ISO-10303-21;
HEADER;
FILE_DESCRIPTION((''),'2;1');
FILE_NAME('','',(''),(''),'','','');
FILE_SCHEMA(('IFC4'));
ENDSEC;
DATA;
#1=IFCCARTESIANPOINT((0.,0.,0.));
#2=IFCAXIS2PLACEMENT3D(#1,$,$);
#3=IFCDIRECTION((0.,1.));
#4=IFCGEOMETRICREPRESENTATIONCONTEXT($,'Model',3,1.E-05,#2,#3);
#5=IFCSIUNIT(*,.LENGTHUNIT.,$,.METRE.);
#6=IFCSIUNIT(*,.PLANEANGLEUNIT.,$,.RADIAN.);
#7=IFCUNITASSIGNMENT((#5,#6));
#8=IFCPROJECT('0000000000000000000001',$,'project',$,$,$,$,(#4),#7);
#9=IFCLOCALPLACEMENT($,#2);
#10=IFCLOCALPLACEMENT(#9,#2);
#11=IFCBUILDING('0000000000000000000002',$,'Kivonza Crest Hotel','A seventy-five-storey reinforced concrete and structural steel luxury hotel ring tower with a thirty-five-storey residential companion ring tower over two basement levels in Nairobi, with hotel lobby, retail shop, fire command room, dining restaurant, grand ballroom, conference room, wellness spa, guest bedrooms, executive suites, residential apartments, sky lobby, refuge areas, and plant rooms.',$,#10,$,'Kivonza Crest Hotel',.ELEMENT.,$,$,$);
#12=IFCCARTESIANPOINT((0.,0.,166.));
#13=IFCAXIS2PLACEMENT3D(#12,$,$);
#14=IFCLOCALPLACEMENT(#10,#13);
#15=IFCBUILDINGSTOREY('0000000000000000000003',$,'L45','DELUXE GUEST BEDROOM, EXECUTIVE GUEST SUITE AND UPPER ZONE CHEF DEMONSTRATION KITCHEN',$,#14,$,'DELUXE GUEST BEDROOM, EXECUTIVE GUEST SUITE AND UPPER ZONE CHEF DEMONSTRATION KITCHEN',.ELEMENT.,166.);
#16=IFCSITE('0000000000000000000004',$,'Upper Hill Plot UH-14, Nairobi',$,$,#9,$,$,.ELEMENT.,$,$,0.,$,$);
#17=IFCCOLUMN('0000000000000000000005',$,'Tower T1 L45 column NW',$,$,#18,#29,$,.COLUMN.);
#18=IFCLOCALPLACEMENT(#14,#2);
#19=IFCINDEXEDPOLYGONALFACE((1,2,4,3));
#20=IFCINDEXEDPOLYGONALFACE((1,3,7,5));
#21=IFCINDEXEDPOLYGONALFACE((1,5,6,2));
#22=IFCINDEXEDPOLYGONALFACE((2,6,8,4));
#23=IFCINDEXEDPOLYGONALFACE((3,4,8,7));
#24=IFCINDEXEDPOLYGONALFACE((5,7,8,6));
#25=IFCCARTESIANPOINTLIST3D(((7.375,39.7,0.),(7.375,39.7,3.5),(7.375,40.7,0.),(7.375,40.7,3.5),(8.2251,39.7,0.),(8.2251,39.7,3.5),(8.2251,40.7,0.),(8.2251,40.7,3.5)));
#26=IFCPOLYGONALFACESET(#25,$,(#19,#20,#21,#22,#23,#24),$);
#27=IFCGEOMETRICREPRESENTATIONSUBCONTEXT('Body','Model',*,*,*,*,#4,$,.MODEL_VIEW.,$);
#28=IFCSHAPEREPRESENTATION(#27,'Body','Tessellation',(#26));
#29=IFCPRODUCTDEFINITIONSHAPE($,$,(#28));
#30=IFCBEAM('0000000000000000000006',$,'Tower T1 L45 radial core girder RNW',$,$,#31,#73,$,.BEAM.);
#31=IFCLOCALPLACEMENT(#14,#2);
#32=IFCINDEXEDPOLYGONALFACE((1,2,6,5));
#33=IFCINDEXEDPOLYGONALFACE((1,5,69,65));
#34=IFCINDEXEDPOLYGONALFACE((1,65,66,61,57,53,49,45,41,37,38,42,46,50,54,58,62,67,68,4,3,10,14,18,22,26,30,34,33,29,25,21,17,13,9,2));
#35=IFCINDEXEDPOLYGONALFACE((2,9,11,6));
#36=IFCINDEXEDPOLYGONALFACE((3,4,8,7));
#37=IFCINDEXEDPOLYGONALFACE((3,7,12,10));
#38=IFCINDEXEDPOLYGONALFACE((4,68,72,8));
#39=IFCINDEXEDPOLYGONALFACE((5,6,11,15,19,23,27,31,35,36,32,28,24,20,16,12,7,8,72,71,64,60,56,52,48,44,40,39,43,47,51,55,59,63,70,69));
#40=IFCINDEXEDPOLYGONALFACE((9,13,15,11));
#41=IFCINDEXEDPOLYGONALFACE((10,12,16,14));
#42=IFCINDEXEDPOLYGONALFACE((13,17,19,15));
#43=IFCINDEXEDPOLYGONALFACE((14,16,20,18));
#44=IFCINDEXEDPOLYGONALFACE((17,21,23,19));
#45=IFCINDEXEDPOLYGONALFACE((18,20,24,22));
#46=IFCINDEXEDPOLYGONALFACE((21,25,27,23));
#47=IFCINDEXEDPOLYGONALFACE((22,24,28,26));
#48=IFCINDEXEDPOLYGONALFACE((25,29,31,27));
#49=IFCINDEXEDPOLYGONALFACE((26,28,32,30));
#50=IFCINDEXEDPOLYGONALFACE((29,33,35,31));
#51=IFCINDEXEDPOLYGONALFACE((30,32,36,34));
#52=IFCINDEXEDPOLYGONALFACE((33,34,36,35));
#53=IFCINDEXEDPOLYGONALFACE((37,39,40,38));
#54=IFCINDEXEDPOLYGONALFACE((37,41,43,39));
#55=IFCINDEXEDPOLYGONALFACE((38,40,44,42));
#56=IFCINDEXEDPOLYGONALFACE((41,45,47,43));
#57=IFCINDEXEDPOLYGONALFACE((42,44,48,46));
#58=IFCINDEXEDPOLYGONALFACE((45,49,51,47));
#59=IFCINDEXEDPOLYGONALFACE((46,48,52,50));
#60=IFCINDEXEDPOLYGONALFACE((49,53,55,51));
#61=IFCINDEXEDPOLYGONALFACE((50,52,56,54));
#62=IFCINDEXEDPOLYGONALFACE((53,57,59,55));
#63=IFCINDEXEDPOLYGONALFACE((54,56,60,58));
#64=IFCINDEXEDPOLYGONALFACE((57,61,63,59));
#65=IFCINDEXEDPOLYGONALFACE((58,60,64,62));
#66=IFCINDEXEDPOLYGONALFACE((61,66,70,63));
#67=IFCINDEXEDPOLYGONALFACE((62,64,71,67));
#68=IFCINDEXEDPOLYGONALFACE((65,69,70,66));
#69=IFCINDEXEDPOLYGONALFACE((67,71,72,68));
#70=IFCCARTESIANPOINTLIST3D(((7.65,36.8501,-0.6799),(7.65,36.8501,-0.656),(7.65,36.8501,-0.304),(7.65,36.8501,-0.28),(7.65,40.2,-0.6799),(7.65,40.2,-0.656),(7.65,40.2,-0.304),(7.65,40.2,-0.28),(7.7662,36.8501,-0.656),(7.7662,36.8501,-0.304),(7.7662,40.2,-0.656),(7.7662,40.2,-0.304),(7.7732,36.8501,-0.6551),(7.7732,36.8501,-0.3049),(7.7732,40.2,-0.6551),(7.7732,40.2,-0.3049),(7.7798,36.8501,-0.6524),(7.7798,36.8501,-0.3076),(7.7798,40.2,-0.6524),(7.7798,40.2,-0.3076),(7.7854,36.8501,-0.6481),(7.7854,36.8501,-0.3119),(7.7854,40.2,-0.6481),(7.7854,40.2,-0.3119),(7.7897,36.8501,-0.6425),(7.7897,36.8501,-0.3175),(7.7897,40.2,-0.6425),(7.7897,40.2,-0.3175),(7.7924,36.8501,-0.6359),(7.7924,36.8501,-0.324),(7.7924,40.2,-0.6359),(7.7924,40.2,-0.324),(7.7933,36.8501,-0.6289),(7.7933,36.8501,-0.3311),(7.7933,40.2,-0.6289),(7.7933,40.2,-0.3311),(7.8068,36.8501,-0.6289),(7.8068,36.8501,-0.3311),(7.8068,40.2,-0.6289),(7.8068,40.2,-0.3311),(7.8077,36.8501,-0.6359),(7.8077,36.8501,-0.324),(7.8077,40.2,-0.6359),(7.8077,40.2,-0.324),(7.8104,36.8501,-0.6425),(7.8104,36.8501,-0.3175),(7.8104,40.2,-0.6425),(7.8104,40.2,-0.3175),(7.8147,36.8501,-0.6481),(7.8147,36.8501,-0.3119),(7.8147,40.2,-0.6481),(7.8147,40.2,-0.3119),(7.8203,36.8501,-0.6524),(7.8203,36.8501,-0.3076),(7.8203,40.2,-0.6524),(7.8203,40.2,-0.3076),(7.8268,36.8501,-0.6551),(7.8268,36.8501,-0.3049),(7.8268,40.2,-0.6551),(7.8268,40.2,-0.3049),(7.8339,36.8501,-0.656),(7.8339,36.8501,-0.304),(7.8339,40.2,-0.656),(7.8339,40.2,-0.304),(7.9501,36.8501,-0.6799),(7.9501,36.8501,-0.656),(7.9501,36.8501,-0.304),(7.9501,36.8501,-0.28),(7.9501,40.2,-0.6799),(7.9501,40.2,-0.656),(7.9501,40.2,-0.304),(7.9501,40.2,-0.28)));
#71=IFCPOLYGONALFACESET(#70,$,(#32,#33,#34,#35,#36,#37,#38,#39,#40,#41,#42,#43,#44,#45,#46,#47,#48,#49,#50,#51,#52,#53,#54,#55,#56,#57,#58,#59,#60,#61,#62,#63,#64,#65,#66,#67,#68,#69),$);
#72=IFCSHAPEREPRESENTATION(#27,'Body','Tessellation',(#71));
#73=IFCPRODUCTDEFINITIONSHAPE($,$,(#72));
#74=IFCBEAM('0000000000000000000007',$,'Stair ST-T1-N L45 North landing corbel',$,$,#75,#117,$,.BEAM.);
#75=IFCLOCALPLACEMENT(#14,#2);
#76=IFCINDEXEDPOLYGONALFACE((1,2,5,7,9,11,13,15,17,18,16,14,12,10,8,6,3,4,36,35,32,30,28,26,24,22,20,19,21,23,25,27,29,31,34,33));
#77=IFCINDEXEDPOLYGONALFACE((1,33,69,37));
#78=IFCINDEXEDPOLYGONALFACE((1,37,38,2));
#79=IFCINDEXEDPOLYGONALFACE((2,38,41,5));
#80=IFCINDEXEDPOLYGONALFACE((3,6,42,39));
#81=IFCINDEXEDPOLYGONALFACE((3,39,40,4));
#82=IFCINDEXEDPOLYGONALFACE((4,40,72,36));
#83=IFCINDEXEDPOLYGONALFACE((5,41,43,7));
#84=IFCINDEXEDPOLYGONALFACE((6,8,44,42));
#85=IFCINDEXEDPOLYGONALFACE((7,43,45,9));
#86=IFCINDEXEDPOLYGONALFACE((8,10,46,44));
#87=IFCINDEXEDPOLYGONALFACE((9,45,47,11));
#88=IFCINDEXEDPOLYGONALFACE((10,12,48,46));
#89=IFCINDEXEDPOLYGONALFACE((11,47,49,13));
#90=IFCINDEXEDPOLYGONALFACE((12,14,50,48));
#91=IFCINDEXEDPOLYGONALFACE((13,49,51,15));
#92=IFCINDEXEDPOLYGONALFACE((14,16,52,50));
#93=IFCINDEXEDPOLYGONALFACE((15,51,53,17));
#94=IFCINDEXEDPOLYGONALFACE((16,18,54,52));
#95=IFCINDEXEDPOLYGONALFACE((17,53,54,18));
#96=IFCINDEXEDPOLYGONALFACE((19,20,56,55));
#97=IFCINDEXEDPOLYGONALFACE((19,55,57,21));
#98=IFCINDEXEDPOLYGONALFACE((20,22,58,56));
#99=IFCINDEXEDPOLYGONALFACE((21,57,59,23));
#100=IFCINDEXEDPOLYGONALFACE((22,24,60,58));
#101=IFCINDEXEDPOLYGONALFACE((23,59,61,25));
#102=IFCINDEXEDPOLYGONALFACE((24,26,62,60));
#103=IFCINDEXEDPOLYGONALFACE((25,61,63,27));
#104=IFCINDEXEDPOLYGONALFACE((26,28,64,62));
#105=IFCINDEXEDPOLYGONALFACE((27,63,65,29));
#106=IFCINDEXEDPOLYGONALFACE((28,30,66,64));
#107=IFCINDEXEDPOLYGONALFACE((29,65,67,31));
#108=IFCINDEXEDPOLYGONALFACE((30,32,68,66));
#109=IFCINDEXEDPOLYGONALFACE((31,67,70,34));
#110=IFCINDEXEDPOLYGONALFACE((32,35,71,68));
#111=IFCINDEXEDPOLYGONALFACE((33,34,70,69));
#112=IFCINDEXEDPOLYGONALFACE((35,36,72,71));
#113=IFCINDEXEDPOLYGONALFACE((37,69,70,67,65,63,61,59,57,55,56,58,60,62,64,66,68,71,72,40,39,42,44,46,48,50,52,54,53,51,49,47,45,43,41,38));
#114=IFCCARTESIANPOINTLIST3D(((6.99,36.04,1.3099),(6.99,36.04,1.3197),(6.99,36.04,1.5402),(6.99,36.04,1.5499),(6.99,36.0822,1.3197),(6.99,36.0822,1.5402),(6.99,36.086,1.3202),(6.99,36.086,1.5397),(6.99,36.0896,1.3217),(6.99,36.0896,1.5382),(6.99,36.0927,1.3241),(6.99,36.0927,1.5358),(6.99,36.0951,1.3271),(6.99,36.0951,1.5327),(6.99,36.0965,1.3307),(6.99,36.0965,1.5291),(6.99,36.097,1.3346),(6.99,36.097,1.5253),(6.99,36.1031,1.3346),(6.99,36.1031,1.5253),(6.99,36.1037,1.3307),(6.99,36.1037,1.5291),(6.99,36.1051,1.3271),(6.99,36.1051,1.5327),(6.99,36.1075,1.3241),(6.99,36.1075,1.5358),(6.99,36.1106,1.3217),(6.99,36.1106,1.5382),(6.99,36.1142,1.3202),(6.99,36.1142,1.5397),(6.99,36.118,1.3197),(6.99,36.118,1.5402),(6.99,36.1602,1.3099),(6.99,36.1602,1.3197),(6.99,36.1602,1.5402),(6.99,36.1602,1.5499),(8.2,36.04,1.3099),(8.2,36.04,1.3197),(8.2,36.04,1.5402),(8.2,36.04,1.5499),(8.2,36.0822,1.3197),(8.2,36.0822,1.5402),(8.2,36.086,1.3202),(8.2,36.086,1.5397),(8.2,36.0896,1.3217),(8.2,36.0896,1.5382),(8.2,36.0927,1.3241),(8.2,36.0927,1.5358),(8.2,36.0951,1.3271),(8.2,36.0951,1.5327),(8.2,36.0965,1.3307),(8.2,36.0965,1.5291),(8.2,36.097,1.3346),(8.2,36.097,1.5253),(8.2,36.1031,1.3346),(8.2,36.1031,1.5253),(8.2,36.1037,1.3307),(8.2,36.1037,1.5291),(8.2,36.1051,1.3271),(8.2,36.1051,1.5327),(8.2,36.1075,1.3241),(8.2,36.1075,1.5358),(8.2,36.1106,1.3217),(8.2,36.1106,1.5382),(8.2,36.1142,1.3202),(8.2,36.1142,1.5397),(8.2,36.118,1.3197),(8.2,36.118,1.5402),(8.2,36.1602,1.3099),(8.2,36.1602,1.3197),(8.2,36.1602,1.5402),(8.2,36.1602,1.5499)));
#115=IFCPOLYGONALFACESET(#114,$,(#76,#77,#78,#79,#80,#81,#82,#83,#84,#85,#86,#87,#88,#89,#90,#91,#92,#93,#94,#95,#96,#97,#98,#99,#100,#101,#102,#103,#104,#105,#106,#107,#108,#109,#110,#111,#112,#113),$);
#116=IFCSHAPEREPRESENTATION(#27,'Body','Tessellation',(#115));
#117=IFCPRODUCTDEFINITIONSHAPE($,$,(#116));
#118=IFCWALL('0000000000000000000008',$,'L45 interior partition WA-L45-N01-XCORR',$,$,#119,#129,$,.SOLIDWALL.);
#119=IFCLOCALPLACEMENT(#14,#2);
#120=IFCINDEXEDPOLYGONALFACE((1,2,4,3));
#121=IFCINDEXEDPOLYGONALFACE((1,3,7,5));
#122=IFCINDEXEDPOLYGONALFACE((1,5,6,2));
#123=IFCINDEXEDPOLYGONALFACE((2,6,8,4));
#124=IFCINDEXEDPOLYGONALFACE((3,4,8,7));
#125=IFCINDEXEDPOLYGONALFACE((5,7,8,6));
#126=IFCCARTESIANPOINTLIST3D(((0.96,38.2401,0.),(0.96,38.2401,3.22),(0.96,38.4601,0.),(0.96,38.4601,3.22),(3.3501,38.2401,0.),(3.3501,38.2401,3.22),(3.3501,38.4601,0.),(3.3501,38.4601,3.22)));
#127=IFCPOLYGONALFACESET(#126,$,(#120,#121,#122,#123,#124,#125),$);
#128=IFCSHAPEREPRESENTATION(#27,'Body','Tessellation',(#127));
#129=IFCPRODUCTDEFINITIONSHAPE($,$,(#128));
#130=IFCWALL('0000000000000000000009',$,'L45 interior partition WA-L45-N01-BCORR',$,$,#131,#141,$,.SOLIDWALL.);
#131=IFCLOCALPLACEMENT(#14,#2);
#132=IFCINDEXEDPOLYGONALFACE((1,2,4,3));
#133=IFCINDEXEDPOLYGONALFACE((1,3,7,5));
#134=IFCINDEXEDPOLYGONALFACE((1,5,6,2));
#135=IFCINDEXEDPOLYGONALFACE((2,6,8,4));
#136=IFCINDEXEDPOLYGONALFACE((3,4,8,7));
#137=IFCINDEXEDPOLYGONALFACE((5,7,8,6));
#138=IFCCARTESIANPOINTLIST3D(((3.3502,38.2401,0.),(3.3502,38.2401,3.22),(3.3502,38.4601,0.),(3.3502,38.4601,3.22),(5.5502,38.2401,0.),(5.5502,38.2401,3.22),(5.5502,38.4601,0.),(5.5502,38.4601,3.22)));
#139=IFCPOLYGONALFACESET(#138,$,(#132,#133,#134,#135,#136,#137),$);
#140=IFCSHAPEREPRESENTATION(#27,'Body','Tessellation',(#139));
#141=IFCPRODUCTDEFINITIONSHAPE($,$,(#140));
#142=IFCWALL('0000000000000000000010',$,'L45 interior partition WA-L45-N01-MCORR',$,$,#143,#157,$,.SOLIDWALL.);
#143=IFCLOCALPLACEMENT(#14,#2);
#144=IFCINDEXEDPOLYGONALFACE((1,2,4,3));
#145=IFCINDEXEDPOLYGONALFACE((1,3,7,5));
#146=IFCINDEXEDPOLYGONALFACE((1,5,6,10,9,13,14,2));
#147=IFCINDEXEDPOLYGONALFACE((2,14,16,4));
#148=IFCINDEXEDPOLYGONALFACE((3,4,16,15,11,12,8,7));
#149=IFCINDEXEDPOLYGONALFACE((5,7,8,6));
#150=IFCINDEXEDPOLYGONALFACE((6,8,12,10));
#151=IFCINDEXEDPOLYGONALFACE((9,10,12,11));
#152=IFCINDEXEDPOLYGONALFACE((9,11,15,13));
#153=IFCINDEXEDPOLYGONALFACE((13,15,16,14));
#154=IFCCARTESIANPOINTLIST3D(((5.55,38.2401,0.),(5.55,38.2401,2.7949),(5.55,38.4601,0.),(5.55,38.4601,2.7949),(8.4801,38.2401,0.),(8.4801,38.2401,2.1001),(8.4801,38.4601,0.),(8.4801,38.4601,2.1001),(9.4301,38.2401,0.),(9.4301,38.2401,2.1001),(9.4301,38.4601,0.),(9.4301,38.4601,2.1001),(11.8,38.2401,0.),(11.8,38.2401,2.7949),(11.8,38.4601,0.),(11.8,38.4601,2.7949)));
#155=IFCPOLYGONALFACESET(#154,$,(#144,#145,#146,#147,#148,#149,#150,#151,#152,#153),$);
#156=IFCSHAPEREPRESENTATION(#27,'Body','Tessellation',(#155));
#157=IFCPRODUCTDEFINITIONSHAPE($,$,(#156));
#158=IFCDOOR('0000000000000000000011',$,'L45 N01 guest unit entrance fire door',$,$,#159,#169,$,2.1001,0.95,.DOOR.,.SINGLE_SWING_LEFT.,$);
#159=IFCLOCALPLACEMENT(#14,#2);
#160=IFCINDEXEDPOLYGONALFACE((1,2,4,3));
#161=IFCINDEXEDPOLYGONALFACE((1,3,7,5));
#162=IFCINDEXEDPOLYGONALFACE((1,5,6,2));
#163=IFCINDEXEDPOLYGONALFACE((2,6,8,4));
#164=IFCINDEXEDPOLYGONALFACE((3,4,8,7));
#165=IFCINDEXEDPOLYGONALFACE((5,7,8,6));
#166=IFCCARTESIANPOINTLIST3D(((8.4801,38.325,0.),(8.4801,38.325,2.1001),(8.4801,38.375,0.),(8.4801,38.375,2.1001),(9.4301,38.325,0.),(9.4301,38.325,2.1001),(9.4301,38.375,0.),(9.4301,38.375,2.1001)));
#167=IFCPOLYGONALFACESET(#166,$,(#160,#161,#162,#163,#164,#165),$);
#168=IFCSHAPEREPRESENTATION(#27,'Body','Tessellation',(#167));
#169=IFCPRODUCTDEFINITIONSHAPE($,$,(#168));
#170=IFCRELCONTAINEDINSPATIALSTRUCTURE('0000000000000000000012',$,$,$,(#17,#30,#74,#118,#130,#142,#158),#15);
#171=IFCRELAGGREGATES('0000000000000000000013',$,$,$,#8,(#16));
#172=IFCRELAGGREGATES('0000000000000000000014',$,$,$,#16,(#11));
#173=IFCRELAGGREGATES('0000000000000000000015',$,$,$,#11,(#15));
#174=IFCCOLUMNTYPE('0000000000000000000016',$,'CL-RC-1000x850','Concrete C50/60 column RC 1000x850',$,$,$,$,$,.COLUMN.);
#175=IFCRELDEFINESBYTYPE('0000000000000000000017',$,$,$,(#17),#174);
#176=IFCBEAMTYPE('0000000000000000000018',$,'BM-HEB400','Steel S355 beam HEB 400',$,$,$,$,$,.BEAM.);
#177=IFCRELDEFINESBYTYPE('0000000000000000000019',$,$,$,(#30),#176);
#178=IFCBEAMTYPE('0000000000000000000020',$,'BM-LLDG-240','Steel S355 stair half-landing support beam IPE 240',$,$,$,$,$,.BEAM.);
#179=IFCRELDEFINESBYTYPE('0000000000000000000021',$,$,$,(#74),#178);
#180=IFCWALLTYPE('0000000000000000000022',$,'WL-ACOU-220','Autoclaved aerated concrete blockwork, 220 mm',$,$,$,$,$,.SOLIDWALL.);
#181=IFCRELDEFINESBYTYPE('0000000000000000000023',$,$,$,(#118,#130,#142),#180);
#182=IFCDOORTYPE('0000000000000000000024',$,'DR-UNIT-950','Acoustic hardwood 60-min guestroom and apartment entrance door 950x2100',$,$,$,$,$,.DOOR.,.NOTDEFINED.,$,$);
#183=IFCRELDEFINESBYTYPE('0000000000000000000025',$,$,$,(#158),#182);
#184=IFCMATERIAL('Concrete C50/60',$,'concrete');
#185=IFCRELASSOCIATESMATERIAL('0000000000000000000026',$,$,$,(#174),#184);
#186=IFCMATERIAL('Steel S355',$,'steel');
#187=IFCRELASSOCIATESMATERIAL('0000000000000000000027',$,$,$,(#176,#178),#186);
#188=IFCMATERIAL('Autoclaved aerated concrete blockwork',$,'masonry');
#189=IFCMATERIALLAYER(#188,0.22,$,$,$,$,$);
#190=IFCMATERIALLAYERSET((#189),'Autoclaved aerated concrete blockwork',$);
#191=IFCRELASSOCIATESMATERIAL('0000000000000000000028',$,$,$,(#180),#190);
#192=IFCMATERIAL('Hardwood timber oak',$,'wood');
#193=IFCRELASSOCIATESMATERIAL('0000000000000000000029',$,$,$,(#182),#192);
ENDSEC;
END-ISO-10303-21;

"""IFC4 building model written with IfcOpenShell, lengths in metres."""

from ifc_helpers import new_model, si_unit, direction, frame, frame_2d, origin, origin_2d, place, context, subcontext, project, spatial, rectangle, i_section, extrude, material, layer, layer_set, material_profile, profile_set, type_object, element, fill, save


model = new_model("IFC4")

# Units and contexts
model_context = context("Model", 3, precision=1e-05, world=origin(), true_north=direction((0.0, 1.0)))
body_context = subcontext(model_context, "Body", "Model", "MODEL_VIEW")
ifc_project = project(units=[si_unit("LENGTHUNIT", "METRE"), si_unit("PLANEANGLEUNIT", "RADIAN")], contexts=[model_context])

# Site, building, storey
site_placement = place(None, origin())
site = spatial("IfcSite", under=ifc_project, at=site_placement, Name="Upper Hill Plot UH-14, Nairobi", CompositionType="ELEMENT", RefElevation=0.0)
building_placement = place(site_placement, origin())
building = spatial("IfcBuilding", under=site, at=building_placement, Name="Kivonza Crest Hotel", Description="A seventy-five-storey reinforced concrete and structural steel luxury hotel ring tower with a thirty-five-storey residential companion ring tower over two basement levels in Nairobi, with hotel lobby, retail shop, fire command room, dining restaurant, grand ballroom, conference room, wellness spa, guest bedrooms, executive suites, residential apartments, sky lobby, refuge areas, and plant rooms.", LongName="Kivonza Crest Hotel", CompositionType="ELEMENT")
storey_placement = place(building_placement, frame((0.0, 0.0, 166.0)))
storey = spatial("IfcBuildingStorey", under=building, at=storey_placement, Name="L45", Description="DELUXE GUEST BEDROOM, EXECUTIVE GUEST SUITE AND UPPER ZONE CHEF DEMONSTRATION KITCHEN", LongName="DELUXE GUEST BEDROOM, EXECUTIVE GUEST SUITE AND UPPER ZONE CHEF DEMONSTRATION KITCHEN", CompositionType="ELEMENT", Elevation=166.0)

# Column
ifc_material_1 = material(Name="Concrete C50/60", Category="concrete")
ifc_material_profile_1 = material_profile(ifc_material_1, rectangle(XDim=0.8501, YDim=1.0, at=origin_2d()), Name="RC 1000x850")
ifc_profile_set_1 = profile_set([ifc_material_profile_1], Name="Concrete C50/60")
column_type = type_object("IfcColumnType", Name="CL-RC-1000x850", Description="Concrete C50/60 column RC 1000x850", PredefinedType="COLUMN", material=ifc_profile_set_1)
column_placement = place(storey_placement, frame((7.8, 40.2, 0.0), z_axis=(0.0, 0.0, 1.0), x_axis=(1.0, 0.0, 0.0)))
element("IfcColumn", 1, at=column_placement, inside=storey, type_object=column_type, Name="Tower T1 L45 column NW", PredefinedType="COLUMN", context=body_context, shape_type="SweptSolid", body=[
    extrude(rectangle(XDim=0.8501, YDim=1.0, at=origin_2d()), origin(), (0.0, 0.0, 1.0), 3.5),
])

# Beams
ifc_material_2 = material(Name="Steel S355", Category="steel")
ifc_material_profile_2 = material_profile(ifc_material_2, i_section(OverallWidth=0.3, OverallDepth=0.3999, WebThickness=0.0134, FlangeThickness=0.0239, FilletRadius=0.0271, at=origin_2d()), Name="HEB 400")
ifc_profile_set_2 = profile_set([ifc_material_profile_2], Name="Steel S355")
beam_type_1 = type_object("IfcBeamType", Name="BM-HEB400", Description="Steel S355 beam HEB 400", PredefinedType="BEAM", material=ifc_profile_set_2)
beam_1_placement = place(storey_placement, frame((7.8, 40.2, -0.48), z_axis=(0.0, -1.0, 0.0), x_axis=(1.0, 0.0, 0.0)))
element("IfcBeam", 2, at=beam_1_placement, inside=storey, type_object=beam_type_1, Name="Tower T1 L45 radial core girder RNW", PredefinedType="BEAM", context=body_context, shape_type="SweptSolid", body=[
    extrude(i_section(OverallWidth=0.3, OverallDepth=0.3999, WebThickness=0.0134, FlangeThickness=0.0239, FilletRadius=0.0271, at=origin_2d()), origin(), (0.0, 0.0, 1.0), 3.3499),
])
ifc_material_profile_3 = material_profile(ifc_material_2, i_section(OverallWidth=0.1201, OverallDepth=0.24, WebThickness=0.0061, FlangeThickness=0.0098, FilletRadius=0.0149, at=origin_2d()), Name="IPE 240")
ifc_profile_set_3 = profile_set([ifc_material_profile_3], Name="Steel S355")
beam_type_2 = type_object("IfcBeamType", Name="BM-LLDG-240", Description="Steel S355 stair half-landing support beam IPE 240", PredefinedType="BEAM", material=ifc_profile_set_3)
beam_2_placement = place(storey_placement, frame((6.99, 36.1001, 1.4299), z_axis=(1.0, 0.0, 0.0), x_axis=(0.0, 1.0, 0.0)))
element("IfcBeam", 3, at=beam_2_placement, inside=storey, type_object=beam_type_2, Name="Stair ST-T1-N L45 North landing corbel", PredefinedType="BEAM", context=body_context, shape_type="SweptSolid", body=[
    extrude(i_section(OverallWidth=0.1201, OverallDepth=0.24, WebThickness=0.0061, FlangeThickness=0.0098, FilletRadius=0.0149, at=origin_2d()), origin(), (0.0, 0.0, 1.0), 1.21),
])

# Walls
ifc_material_3 = material(Name="Autoclaved aerated concrete blockwork", Category="masonry")
ifc_layer_1 = layer(ifc_material_3, 0.22)
ifc_layer_set_1 = layer_set([ifc_layer_1], Name="Autoclaved aerated concrete blockwork")
wall_type_1 = type_object("IfcWallType", Name="WL-ACOU-220", Description="Autoclaved aerated concrete blockwork, 220 mm", PredefinedType="SOLIDWALL", material=ifc_layer_set_1)
wall_1_placement = place(storey_placement, frame((0.96, 38.3501, 0.0), z_axis=(0.0, 0.0, 1.0), x_axis=(1.0, 0.0, 0.0)))
element("IfcWall", 4, at=wall_1_placement, inside=storey, type_object=wall_type_1, Name="L45 interior partition WA-L45-N01-XCORR", PredefinedType="SOLIDWALL", context=body_context, shape_type="SweptSolid", body=[
    extrude(rectangle(XDim=2.3901, YDim=0.22, at=frame_2d((1.1951, 0.0))), origin(), (0.0, 0.0, 1.0), 3.22),
])
wall_2_placement = place(storey_placement, frame((3.3501, 38.3501, 0.0), z_axis=(0.0, 0.0, 1.0), x_axis=(1.0, 0.0, 0.0)))
element("IfcWall", 5, at=wall_2_placement, inside=storey, type_object=wall_type_1, Name="L45 interior partition WA-L45-N01-BCORR", PredefinedType="SOLIDWALL", context=body_context, shape_type="SweptSolid", body=[
    extrude(rectangle(XDim=2.2, YDim=0.22, at=frame_2d((1.1001, 0.0))), origin(), (0.0, 0.0, 1.0), 3.22),
])

# Wall, opening, door
wall_3_placement = place(storey_placement, frame((5.55, 38.3501, 0.0), z_axis=(0.0, 0.0, 1.0), x_axis=(1.0, 0.0, 0.0)))
wall_3 = element("IfcWall", 6, at=wall_3_placement, inside=storey, type_object=wall_type_1, Name="L45 interior partition WA-L45-N01-MCORR", PredefinedType="SOLIDWALL", context=body_context, shape_type="SweptSolid", body=[
    extrude(rectangle(XDim=6.25, YDim=0.22, at=frame_2d((3.125, 0.0))), origin(), (0.0, 0.0, 1.0), 2.7949),
])
opening_1_placement = place(wall_3_placement, frame((2.9299, 0.0, 0.0)))
opening_1 = element("IfcOpeningElement", 7, at=opening_1_placement, cuts=wall_3, PredefinedType="OPENING", context=body_context, shape_type="SweptSolid", body=[
    extrude(rectangle(XDim=0.95, YDim=2.1001, at=frame_2d((0.4751, 1.05))), frame((0.0, 0.1201, 0.0), z_axis=(0.0, -1.0, 0.0), x_axis=(1.0, 0.0, 0.0)), (0.0, 0.0, 1.0), 0.24),
])
ifc_material_4 = material(Name="Hardwood timber oak", Category="wood")
door_type_1 = type_object("IfcDoorType", Name="DR-UNIT-950", Description="Acoustic hardwood 60-min guestroom and apartment entrance door 950x2100", OperationType="NOTDEFINED", PredefinedType="DOOR", material=ifc_material_4)
door_1_placement = place(opening_1_placement, origin())
door_1 = element("IfcDoor", 8, at=door_1_placement, inside=storey, type_object=door_type_1, Name="L45 N01 guest unit entrance fire door", OperationType="SINGLE_SWING_LEFT", OverallHeight=2.1001, OverallWidth=0.95, PredefinedType="DOOR", context=body_context, shape_type="SweptSolid", body=[
    extrude(rectangle(XDim=0.95, YDim=2.1001, at=frame_2d((0.4751, 1.05))), frame((0.0, 0.0249, 0.0), z_axis=(0.0, -1.0, 0.0), x_axis=(1.0, 0.0, 0.0)), (0.0, 0.0, 1.0), 0.05),
])
fill(opening_1, door_1)

save(model, "model.ifc")
